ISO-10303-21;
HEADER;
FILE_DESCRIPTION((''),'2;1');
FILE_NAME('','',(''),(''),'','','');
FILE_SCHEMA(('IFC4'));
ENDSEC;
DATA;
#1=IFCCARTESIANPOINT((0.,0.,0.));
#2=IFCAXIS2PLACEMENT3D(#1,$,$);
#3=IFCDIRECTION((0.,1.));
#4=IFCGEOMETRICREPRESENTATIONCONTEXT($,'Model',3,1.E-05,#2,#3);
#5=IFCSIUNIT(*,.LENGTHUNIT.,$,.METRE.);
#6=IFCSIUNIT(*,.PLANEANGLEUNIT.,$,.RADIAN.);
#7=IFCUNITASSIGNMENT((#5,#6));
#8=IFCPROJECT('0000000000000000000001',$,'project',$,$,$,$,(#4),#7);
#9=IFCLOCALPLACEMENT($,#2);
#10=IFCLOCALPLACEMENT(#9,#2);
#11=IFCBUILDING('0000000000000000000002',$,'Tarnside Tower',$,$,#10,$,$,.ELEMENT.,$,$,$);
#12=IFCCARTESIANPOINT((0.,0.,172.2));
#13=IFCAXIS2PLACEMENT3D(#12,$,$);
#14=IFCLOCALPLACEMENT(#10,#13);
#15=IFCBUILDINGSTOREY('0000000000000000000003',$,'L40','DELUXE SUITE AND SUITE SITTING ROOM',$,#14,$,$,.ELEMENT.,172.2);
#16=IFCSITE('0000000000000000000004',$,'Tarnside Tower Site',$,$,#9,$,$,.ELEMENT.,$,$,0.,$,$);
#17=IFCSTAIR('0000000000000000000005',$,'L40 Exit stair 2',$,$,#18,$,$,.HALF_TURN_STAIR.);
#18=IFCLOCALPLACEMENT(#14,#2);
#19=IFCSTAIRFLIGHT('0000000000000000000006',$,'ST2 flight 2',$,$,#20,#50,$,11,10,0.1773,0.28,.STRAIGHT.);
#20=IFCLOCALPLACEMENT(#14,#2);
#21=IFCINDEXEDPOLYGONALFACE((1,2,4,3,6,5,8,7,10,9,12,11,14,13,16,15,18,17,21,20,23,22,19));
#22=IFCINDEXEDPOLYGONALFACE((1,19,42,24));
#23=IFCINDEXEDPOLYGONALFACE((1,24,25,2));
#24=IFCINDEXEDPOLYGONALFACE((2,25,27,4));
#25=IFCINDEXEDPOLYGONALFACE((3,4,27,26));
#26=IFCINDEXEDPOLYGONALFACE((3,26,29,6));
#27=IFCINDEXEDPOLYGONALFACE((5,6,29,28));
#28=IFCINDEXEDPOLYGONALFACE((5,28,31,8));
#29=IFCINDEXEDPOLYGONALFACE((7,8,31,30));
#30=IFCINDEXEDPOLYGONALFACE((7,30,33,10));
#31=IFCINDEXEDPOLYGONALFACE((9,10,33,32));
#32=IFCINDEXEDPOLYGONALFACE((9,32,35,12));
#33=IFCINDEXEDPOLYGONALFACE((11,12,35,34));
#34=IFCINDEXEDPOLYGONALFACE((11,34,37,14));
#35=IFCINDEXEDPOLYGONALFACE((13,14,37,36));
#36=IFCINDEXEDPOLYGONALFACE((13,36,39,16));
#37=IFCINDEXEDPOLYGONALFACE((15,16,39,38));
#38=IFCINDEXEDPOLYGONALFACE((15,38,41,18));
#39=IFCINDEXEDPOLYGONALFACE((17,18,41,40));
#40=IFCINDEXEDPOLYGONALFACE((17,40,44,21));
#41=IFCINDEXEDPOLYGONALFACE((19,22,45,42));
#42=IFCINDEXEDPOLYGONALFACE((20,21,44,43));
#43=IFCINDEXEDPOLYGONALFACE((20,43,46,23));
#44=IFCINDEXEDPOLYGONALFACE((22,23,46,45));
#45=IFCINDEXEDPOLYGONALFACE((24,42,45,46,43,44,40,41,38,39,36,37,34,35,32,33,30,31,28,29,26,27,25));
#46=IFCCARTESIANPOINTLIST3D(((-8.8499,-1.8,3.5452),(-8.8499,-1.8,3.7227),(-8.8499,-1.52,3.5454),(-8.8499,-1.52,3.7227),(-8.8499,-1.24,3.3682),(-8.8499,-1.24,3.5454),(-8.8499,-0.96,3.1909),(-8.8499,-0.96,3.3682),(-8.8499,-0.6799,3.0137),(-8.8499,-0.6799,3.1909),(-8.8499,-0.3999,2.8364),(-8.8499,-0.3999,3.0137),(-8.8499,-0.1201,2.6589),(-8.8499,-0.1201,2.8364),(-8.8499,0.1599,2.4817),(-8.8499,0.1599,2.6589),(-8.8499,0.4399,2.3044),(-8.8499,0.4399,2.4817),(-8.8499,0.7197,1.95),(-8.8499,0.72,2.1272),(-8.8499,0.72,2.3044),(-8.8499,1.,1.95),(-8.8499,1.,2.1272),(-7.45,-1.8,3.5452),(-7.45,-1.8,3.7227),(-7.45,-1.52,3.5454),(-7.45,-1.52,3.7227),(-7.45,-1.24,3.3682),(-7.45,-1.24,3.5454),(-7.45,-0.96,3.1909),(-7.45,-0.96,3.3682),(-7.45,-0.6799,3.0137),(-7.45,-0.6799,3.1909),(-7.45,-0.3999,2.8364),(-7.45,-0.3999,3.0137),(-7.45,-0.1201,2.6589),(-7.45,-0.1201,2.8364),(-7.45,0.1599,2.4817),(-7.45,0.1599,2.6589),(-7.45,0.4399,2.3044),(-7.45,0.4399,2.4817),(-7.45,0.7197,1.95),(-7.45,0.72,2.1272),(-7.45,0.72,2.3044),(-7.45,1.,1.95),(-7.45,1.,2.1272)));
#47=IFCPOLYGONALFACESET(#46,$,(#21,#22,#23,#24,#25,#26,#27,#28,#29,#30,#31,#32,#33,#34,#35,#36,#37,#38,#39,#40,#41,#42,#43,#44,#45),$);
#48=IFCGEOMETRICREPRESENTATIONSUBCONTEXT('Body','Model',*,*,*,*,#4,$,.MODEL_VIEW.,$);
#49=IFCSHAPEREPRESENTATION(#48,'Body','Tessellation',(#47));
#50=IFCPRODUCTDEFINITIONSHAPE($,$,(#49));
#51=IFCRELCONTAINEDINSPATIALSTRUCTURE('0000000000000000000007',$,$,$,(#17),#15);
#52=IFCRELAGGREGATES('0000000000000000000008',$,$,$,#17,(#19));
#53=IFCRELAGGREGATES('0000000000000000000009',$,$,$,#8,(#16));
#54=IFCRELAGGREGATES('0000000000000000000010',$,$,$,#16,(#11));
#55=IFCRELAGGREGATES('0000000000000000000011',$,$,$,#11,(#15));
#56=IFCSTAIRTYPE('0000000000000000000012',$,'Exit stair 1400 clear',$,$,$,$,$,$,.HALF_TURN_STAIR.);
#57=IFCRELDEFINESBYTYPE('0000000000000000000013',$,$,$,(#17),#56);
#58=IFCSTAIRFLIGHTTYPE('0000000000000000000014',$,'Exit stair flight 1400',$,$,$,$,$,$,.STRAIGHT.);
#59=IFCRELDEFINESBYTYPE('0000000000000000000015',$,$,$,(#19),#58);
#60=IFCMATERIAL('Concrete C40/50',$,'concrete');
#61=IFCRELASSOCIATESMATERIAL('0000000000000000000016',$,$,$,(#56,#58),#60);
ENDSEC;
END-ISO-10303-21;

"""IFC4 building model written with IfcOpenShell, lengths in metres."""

from ifc_helpers import new_model, si_unit, direction, frame, origin, place, context, subcontext, project, spatial, polyline, outline, extrude, material, type_object, element, aggregate, save


model = new_model("IFC4")

# Units and contexts
model_context = context("Model", 3, precision=1e-05, world=origin(), true_north=direction((0.0, 1.0)))
body_context = subcontext(model_context, "Body", "Model", "MODEL_VIEW")
ifc_project = project(units=[si_unit("LENGTHUNIT", "METRE"), si_unit("PLANEANGLEUNIT", "RADIAN")], contexts=[model_context])

# Site, building, storey
site_placement = place(None, origin())
site = spatial("IfcSite", under=ifc_project, at=site_placement, Name="Tarnside Tower Site", CompositionType="ELEMENT", RefElevation=0.0)
building_placement = place(site_placement, origin())
building = spatial("IfcBuilding", under=site, at=building_placement, Name="Tarnside Tower", CompositionType="ELEMENT")
storey_placement = place(building_placement, frame((0.0, 0.0, 172.2)))
storey = spatial("IfcBuildingStorey", under=building, at=storey_placement, Name="L40", Description="DELUXE SUITE AND SUITE SITTING ROOM", CompositionType="ELEMENT", Elevation=172.2)

# Shared definitions
ifc_material_1 = material(Name="Concrete C40/50", Category="concrete")
stair_type = type_object("IfcStairType", Name="Exit stair 1400 clear", PredefinedType="HALF_TURN_STAIR", material=ifc_material_1)

# Stair, stair flight
stair_1_placement = place(storey_placement, origin())
stair_1 = element("IfcStair", 1, at=stair_1_placement, inside=storey, type_object=stair_type, Name="L40 Exit stair 2", PredefinedType="HALF_TURN_STAIR")
stair_flight_type = type_object("IfcStairFlightType", Name="Exit stair flight 1400", PredefinedType="STRAIGHT", material=ifc_material_1)
stair_flight_placement = place(storey_placement, frame((-8.1499, 1.0, 1.95), z_axis=(0.0, 0.0, 1.0), x_axis=(0.0, -1.0, 0.0)))
stair_flight = element("IfcStairFlight", 2, at=stair_flight_placement, type_object=stair_flight_type, Name="ST2 flight 2", NumberOfRisers=11, NumberOfTreads=10, PredefinedType="STRAIGHT", RiserHeight=0.1773, TreadLength=0.28, context=body_context, shape_type="SweptSolid", body=[
    extrude(outline(polyline([(0.0, 0.0), (0.0, 0.1772), (0.28, 0.1772), (0.28, 0.3545), (0.5601, 0.3545), (0.5601, 0.5317), (0.8401, 0.5317), (0.8401, 0.709), (1.1201, 0.709), (1.1201, 0.8865), (1.3999, 0.8865), (1.3999, 1.0637), (1.6799, 1.0637), (1.6799, 1.241), (1.96, 1.241), (1.96, 1.4182), (2.24, 1.4182), (2.24, 1.5955), (2.52, 1.5955), (2.52, 1.7727), (2.8, 1.7727), (2.8, 1.95), (2.8, 1.5952), (0.2803, 0.0), (0.0, 0.0)])), frame((0.0, 0.7, 0.0), z_axis=(0.0, -1.0, 0.0), x_axis=(1.0, 0.0, 0.0)), (0.0, 0.0, 1.0), 1.3999),
])
aggregate(stair_1, [stair_flight])

save(model, "model.ifc")
